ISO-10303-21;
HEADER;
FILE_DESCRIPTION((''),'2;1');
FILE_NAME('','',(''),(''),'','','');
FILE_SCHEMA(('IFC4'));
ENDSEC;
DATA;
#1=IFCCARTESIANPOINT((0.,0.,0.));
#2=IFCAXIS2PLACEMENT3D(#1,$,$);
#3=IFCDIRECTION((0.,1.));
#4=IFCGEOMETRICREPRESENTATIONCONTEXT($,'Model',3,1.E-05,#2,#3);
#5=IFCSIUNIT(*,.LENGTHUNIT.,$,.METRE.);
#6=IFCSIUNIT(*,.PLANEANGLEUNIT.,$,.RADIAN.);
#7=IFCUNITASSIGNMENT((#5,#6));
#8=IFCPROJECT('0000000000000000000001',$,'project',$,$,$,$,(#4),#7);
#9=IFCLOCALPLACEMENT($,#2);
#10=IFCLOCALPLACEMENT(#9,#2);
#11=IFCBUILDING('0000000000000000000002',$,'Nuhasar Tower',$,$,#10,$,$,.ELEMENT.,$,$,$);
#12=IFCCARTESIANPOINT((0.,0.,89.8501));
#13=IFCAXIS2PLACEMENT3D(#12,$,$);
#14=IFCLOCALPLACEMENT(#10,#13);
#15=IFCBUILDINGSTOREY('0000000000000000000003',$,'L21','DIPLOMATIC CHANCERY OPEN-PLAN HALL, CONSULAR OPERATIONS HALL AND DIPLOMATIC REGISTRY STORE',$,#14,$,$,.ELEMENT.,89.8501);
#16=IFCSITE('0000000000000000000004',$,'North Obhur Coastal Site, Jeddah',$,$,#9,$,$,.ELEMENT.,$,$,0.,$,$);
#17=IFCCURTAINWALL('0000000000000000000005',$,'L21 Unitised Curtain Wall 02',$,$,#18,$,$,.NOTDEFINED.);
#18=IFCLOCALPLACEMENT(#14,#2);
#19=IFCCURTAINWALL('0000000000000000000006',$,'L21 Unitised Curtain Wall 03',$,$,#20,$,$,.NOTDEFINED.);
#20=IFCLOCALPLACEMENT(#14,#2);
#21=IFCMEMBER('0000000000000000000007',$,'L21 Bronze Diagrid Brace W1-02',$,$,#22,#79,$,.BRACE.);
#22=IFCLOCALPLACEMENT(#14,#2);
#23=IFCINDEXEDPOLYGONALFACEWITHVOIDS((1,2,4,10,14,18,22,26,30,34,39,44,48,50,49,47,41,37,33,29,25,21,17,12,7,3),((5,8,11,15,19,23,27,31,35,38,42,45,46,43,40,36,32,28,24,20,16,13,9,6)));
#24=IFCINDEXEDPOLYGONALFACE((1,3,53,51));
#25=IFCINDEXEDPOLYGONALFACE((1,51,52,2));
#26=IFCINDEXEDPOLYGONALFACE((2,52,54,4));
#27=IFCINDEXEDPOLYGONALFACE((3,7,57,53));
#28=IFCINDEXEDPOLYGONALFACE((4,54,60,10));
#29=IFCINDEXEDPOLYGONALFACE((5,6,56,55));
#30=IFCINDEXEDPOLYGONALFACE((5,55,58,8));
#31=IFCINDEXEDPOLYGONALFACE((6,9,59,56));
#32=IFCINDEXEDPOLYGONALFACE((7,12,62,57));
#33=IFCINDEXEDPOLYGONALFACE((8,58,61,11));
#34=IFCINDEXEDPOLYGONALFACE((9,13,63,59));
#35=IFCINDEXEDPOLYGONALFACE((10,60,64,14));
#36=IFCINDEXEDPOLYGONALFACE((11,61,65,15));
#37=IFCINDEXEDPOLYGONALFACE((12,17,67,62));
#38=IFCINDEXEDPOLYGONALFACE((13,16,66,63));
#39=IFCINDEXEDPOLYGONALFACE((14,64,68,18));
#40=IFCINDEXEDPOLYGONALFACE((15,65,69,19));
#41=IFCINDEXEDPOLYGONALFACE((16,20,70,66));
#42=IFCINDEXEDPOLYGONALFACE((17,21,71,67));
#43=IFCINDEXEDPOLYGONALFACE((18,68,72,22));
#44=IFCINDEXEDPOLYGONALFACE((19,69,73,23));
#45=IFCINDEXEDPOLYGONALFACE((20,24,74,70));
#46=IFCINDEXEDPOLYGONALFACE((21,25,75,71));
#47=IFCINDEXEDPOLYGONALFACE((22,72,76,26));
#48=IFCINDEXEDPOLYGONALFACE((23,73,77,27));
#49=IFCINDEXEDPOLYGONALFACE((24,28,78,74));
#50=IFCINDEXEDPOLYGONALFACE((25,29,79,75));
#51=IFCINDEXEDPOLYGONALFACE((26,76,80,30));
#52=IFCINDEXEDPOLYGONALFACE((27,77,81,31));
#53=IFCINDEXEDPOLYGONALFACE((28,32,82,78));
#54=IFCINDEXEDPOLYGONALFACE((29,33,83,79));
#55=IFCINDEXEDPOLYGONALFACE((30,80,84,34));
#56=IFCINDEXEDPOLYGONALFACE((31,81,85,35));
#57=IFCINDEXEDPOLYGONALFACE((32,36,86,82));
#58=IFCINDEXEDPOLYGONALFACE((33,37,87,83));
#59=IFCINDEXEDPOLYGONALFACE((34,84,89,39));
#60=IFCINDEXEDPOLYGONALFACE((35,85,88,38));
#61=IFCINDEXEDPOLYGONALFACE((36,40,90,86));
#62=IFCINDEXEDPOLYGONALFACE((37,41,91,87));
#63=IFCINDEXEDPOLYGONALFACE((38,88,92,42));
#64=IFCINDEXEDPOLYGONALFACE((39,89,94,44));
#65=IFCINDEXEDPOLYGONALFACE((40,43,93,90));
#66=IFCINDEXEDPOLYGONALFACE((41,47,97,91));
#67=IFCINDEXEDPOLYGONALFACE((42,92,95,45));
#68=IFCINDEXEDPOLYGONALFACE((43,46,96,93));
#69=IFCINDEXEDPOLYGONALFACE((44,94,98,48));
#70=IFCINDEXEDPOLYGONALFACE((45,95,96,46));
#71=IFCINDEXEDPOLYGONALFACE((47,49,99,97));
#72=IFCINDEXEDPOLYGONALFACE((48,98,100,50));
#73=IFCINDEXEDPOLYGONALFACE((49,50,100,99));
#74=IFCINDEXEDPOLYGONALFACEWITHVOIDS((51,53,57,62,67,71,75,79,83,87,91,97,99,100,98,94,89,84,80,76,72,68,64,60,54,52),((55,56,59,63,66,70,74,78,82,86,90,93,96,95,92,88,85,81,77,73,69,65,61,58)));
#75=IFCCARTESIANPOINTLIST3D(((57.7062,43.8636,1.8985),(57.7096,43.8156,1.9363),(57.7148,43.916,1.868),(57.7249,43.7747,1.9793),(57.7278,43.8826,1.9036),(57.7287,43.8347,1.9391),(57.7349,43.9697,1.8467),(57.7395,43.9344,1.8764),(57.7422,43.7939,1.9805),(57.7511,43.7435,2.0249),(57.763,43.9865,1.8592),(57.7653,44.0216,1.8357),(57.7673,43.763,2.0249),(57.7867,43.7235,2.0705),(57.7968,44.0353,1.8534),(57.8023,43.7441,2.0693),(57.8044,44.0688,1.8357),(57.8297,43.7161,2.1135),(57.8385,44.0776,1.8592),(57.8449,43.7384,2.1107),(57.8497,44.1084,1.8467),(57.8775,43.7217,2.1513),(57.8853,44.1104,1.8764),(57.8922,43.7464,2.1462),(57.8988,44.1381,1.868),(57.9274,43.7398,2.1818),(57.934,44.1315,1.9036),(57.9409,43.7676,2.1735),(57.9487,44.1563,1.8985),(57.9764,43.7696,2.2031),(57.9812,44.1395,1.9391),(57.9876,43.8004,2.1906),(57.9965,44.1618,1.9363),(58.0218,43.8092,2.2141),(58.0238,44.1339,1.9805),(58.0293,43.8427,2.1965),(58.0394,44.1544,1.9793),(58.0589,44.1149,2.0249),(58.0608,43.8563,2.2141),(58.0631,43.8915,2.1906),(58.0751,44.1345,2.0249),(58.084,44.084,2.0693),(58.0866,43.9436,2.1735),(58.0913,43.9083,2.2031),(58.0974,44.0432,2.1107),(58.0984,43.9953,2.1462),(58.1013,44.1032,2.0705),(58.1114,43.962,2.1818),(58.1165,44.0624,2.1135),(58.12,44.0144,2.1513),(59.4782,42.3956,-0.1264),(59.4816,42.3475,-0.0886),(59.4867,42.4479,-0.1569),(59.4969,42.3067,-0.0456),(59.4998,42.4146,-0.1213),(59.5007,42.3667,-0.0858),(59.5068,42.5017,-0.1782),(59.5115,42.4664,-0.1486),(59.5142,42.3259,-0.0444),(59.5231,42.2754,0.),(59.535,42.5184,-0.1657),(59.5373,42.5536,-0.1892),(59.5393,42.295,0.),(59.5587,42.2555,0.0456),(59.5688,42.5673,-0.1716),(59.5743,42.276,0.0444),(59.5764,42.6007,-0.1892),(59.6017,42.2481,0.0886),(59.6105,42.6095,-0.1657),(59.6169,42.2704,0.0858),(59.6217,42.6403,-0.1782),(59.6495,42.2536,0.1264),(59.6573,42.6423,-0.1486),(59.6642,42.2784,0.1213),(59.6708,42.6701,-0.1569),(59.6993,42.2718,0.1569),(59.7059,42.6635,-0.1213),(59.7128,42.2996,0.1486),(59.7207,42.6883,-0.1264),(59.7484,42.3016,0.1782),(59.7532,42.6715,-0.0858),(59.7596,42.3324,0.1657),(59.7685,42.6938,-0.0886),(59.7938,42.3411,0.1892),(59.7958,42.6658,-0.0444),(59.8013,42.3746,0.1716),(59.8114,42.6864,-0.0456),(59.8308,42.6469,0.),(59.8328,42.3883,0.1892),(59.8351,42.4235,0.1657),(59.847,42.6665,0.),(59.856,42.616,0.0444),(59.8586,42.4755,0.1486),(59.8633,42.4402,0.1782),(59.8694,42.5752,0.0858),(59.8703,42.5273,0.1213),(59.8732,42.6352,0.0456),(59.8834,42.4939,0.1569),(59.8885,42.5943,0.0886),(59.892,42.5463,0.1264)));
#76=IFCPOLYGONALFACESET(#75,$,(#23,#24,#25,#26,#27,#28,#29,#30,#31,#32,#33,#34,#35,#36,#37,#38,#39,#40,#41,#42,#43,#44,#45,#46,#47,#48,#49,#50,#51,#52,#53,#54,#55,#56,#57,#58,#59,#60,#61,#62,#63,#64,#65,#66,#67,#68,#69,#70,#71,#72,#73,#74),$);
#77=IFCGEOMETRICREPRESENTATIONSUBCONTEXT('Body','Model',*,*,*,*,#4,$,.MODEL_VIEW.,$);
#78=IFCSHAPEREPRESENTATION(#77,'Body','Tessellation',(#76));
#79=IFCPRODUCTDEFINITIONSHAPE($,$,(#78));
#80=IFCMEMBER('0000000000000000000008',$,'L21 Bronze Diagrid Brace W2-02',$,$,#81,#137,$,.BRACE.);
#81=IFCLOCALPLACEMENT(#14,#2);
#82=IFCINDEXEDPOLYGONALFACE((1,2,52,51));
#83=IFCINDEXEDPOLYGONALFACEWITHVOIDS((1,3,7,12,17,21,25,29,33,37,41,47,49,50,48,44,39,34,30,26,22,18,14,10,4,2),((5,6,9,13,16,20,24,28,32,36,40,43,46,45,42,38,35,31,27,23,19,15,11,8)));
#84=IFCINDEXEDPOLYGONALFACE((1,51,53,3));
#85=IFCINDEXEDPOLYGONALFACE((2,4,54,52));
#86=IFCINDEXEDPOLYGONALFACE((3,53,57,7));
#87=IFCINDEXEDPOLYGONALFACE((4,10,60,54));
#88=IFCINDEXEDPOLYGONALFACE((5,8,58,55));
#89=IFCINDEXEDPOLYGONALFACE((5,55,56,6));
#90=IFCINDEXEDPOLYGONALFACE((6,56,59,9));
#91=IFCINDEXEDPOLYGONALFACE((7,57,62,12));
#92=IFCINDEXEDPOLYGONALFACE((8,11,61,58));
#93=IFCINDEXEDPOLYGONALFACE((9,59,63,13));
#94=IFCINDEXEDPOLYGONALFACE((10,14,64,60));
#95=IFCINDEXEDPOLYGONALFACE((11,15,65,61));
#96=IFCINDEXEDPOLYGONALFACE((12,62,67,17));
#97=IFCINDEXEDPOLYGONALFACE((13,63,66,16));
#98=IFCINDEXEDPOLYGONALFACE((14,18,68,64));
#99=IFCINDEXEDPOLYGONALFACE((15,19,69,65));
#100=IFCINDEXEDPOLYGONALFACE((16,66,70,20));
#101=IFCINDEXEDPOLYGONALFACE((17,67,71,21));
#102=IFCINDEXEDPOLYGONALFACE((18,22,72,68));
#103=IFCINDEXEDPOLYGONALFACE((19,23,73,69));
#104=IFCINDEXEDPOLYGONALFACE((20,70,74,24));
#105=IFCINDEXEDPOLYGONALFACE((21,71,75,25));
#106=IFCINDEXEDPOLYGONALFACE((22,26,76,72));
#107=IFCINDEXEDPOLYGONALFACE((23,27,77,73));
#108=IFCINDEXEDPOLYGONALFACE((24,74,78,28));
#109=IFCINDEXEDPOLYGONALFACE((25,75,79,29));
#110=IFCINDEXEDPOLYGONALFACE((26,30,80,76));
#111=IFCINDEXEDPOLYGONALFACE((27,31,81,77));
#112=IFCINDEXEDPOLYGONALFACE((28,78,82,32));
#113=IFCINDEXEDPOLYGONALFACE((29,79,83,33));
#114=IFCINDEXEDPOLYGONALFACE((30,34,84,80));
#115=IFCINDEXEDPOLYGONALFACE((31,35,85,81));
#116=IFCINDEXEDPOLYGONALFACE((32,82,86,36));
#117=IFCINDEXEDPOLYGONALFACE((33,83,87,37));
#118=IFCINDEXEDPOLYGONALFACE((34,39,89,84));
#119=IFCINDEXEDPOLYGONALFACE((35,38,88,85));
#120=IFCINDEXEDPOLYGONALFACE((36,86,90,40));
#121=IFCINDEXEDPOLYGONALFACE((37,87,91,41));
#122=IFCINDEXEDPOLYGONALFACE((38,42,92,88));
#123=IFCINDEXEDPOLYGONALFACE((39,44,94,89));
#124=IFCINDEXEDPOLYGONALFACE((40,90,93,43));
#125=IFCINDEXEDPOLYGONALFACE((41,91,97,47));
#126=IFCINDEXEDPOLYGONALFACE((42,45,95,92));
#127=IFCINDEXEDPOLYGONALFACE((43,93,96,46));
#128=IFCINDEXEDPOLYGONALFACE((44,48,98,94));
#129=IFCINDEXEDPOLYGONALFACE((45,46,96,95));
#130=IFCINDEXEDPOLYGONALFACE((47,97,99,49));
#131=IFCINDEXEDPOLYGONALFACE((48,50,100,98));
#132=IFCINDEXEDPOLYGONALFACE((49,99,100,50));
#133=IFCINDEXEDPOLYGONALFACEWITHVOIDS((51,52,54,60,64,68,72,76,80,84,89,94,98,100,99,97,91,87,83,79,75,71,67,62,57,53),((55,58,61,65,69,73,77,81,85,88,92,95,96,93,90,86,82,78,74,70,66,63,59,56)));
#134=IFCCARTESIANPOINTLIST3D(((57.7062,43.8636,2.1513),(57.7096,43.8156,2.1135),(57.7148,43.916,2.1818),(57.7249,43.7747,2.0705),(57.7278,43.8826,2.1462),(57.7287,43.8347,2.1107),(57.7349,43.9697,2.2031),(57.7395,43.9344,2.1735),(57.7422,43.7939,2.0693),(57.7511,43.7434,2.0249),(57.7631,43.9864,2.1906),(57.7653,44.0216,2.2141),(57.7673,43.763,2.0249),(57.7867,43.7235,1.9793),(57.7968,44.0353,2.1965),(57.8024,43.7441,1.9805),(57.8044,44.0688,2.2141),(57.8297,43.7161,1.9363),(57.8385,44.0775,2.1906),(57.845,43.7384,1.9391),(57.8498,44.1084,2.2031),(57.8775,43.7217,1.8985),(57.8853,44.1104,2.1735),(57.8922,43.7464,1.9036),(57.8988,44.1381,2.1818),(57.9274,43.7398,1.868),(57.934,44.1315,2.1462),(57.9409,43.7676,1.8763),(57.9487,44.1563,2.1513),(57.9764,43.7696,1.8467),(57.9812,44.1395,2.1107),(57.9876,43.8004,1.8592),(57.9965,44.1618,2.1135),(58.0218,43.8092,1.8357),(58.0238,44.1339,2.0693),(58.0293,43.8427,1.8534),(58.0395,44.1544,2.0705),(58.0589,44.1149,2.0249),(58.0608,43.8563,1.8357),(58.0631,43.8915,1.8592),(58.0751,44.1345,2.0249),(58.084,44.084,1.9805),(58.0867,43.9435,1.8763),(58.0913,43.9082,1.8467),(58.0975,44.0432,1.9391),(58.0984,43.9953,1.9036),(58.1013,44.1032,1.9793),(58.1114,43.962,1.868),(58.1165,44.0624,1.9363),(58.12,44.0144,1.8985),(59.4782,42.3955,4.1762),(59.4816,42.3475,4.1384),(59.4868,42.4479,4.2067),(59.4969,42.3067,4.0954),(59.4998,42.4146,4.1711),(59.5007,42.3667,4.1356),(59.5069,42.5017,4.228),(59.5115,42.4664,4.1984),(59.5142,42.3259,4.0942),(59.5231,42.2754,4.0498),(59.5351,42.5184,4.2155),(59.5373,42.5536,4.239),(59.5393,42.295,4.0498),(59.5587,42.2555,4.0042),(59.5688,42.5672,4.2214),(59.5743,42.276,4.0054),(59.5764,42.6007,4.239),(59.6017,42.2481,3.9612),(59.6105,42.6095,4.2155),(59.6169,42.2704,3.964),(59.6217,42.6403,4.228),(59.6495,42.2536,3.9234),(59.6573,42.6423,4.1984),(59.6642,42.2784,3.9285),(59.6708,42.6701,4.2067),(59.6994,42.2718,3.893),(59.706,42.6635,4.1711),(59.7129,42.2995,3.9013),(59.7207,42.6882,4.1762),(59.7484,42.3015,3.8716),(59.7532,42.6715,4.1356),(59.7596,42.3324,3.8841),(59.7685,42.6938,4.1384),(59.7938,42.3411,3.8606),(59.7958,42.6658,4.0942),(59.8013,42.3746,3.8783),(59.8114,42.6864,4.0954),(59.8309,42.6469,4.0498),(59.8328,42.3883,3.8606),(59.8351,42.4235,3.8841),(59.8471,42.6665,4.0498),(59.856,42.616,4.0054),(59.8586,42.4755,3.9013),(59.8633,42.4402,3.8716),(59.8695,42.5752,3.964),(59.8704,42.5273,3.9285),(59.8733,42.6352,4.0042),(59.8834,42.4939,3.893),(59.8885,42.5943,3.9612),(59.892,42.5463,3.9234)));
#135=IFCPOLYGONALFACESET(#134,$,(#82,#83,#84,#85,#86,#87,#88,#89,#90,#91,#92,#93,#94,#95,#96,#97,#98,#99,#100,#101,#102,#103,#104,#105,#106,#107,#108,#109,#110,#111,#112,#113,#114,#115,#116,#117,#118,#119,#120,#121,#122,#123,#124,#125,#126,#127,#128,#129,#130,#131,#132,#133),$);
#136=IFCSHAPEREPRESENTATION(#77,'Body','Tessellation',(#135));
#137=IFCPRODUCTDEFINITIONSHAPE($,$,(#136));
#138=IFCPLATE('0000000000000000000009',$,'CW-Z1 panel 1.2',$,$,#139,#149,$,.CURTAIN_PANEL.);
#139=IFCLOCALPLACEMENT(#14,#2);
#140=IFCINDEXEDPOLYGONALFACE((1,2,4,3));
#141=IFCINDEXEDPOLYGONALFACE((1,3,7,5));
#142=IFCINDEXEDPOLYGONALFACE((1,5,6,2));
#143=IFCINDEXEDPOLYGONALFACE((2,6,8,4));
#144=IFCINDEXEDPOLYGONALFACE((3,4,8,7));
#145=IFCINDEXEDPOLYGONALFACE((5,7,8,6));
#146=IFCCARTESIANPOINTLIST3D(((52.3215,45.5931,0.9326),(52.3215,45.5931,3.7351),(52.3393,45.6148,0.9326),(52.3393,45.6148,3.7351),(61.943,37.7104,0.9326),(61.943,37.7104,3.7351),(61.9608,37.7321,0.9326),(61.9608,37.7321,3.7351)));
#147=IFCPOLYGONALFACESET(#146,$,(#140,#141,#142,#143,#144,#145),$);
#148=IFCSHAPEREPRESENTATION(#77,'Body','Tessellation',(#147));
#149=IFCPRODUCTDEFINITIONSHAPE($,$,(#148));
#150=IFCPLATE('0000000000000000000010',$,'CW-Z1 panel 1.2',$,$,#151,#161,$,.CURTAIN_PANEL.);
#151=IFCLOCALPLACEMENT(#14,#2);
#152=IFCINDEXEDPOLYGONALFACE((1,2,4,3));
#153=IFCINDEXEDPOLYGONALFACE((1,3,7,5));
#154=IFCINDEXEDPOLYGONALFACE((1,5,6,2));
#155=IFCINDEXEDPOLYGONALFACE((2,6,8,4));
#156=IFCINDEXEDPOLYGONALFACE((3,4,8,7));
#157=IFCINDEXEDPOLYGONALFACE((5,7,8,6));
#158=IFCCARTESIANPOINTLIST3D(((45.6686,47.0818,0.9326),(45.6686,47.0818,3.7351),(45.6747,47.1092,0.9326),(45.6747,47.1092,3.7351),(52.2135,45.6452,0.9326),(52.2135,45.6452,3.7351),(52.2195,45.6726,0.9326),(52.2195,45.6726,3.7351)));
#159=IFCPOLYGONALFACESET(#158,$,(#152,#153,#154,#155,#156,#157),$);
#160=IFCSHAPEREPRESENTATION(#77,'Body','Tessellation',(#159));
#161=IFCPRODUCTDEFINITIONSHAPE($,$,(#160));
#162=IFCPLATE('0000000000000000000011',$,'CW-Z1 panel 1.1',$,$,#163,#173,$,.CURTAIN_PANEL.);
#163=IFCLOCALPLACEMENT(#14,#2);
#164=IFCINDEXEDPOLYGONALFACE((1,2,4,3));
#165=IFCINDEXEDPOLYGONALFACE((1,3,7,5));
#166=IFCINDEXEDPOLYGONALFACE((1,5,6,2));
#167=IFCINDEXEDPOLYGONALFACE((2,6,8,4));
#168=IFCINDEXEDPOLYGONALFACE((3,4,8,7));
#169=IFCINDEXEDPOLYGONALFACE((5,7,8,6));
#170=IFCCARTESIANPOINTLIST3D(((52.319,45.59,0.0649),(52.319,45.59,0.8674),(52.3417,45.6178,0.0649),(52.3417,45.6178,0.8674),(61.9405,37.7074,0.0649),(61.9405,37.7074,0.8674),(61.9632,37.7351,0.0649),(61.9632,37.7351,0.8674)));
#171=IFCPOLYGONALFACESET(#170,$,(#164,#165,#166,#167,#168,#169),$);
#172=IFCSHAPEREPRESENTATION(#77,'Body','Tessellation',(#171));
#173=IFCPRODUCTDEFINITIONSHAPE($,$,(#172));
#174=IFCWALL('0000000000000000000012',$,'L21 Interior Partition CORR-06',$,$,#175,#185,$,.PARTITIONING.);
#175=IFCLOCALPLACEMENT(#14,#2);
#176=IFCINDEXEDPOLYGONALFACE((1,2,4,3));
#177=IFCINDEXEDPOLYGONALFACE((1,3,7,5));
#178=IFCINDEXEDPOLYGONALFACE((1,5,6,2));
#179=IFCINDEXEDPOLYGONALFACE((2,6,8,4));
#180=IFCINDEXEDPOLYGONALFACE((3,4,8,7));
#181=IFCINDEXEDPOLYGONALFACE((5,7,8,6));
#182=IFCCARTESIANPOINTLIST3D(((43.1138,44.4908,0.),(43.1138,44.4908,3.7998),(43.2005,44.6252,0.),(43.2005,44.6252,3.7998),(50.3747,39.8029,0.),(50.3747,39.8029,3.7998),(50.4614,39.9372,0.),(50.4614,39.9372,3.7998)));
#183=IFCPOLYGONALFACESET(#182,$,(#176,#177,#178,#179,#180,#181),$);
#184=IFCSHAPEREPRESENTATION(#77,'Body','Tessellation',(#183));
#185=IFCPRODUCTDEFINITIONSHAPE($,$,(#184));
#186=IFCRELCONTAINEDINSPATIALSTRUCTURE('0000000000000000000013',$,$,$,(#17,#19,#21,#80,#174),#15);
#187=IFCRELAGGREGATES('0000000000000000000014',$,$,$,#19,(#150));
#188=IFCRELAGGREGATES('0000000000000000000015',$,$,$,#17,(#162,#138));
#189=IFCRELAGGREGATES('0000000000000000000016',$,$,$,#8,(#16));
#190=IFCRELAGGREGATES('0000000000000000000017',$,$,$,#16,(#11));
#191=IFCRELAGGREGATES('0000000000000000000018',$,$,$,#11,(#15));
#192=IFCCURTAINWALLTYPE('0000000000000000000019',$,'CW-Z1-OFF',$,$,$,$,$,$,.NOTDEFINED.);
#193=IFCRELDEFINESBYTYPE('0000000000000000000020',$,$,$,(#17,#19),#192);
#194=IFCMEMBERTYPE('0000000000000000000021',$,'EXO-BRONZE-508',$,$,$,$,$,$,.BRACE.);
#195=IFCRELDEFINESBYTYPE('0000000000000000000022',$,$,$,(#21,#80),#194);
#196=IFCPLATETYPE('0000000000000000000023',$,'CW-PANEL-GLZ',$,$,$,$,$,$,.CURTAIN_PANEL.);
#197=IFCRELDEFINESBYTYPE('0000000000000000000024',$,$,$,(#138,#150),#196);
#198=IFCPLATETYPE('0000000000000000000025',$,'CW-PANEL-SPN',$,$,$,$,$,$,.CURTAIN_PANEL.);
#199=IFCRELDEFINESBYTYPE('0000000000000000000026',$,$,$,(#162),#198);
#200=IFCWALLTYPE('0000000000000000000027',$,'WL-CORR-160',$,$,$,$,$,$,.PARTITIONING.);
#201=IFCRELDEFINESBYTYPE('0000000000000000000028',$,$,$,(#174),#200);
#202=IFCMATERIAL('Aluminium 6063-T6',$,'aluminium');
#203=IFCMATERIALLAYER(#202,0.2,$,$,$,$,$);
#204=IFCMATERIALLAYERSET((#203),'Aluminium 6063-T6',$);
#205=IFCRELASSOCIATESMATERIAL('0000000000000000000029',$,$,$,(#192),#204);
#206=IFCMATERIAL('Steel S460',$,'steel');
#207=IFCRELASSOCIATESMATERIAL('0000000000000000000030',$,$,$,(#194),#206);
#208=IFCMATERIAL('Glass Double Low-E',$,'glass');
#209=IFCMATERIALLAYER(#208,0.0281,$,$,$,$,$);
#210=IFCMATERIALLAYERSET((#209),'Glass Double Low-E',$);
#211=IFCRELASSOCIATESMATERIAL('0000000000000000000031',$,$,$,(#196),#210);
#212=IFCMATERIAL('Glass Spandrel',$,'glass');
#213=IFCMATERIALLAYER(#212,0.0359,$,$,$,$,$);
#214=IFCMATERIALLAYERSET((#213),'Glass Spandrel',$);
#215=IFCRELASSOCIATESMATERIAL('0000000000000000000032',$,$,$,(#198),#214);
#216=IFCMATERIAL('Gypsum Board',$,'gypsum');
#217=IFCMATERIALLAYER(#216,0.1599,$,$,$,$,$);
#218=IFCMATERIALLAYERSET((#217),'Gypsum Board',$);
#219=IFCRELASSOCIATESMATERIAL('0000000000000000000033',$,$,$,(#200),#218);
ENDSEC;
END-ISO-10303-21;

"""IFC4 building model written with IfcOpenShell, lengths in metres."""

from ifc_helpers import new_model, si_unit, direction, frame, frame_2d, origin, origin_2d, place, context, subcontext, project, spatial, rectangle, hollow_circle, extrude, material, layer, layer_set, material_profile, profile_set, type_object, element, aggregate, save


model = new_model("IFC4")

# Units and contexts
model_context = context("Model", 3, precision=1e-05, world=origin(), true_north=direction((0.0, 1.0)))
body_context = subcontext(model_context, "Body", "Model", "MODEL_VIEW")
ifc_project = project(units=[si_unit("LENGTHUNIT", "METRE"), si_unit("PLANEANGLEUNIT", "RADIAN")], contexts=[model_context])

# Site, building, storey
site_placement = place(None, origin())
site = spatial("IfcSite", under=ifc_project, at=site_placement, Name="North Obhur Coastal Site, Jeddah", CompositionType="ELEMENT", RefElevation=0.0)
building_placement = place(site_placement, origin())
building = spatial("IfcBuilding", under=site, at=building_placement, Name="Nuhasar Tower", CompositionType="ELEMENT")
storey_placement = place(building_placement, frame((0.0, 0.0, 89.8501)))
storey = spatial("IfcBuildingStorey", under=building, at=storey_placement, Name="L21", Description="DIPLOMATIC CHANCERY OPEN-PLAN HALL, CONSULAR OPERATIONS HALL AND DIPLOMATIC REGISTRY STORE", CompositionType="ELEMENT", Elevation=89.8501)

# Shared definitions
ifc_material_1 = material(Name="Aluminium 6063-T6", Category="aluminium")
ifc_layer_1 = layer(ifc_material_1, 0.2)
ifc_layer_set_1 = layer_set([ifc_layer_1], Name="Aluminium 6063-T6")
curtain_wall_type = type_object("IfcCurtainWallType", Name="CW-Z1-OFF", PredefinedType="NOTDEFINED", material=ifc_layer_set_1)

# Curtain wall
curtain_wall_1_placement = place(storey_placement, origin())
curtain_wall_1 = element("IfcCurtainWall", 1, at=curtain_wall_1_placement, inside=storey, type_object=curtain_wall_type, Name="L21 Unitised Curtain Wall 02", PredefinedType="NOTDEFINED")

# Curtain wall
curtain_wall_2_placement = place(storey_placement, origin())
curtain_wall_2 = element("IfcCurtainWall", 2, at=curtain_wall_2_placement, inside=storey, type_object=curtain_wall_type, Name="L21 Unitised Curtain Wall 03", PredefinedType="NOTDEFINED")

# Members
ifc_material_2 = material(Name="Steel S460", Category="steel")
ifc_material_profile_1 = material_profile(ifc_material_2, hollow_circle(Radius=0.2539, WallThickness=0.0254, at=origin_2d()), Name="HSS508X25.4")
ifc_profile_set_1 = profile_set([ifc_material_profile_1], Name="Steel S460")
member_type_1 = type_object("IfcMemberType", Name="EXO-BRONZE-508", PredefinedType="BRACE", material=ifc_profile_set_1)
for number, where, z_axis, x_axis, name in (
    (3, (59.6851, 42.4709, 0.0), (-0.578102, 0.478937, 0.660619), (-0.637969, -0.770062, 0.0), "L21 Bronze Diagrid Brace W1-02"),
    (4, (57.9131, 43.939, 2.0249), (0.578102, -0.478937, 0.660619), (0.637969, 0.770062, 0.0), "L21 Bronze Diagrid Brace W2-02"),
):
    element("IfcMember", number, at=place(storey_placement, frame(where, z_axis=z_axis, x_axis=x_axis)), inside=storey, type_object=member_type_1, Name=name, PredefinedType="BRACE", context=body_context, shape_type="SweptSolid", body=[
        extrude(hollow_circle(Radius=0.2539, WallThickness=0.0254, at=origin_2d()), origin(), (0.0, 0.0, 1.0), 3.0652),
    ])

# Plates
ifc_material_3 = material(Name="Glass Double Low-E", Category="glass")
ifc_layer_2 = layer(ifc_material_3, 0.0281)
ifc_layer_set_2 = layer_set([ifc_layer_2], Name="Glass Double Low-E")
plate_type_1 = type_object("IfcPlateType", Name="CW-PANEL-GLZ", PredefinedType="CURTAIN_PANEL", material=ifc_layer_set_2)
plate_1_placement = place(storey_placement, frame((57.1411, 41.6626, 0.9326), z_axis=(0.0, 0.0, 1.0), x_axis=(-0.773542, 0.633745, 0.0)))
plate_1 = element("IfcPlate", 5, at=plate_1_placement, type_object=plate_type_1, Name="CW-Z1 panel 1.2", PredefinedType="CURTAIN_PANEL", context=body_context, shape_type="SweptSolid", body=[
    extrude(rectangle(XDim=12.4382, YDim=0.0281, at=origin_2d()), origin(), (0.0, 0.0, 1.0), 2.8025),
])
plate_2_placement = place(storey_placement, frame((48.9441, 46.3772, 0.9326), z_axis=(0.0, 0.0, 1.0), x_axis=(-0.976746, 0.214399, 0.0)))
plate_2 = element("IfcPlate", 6, at=plate_2_placement, type_object=plate_type_1, Name="CW-Z1 panel 1.2", PredefinedType="CURTAIN_PANEL", context=body_context, shape_type="SweptSolid", body=[
    extrude(rectangle(XDim=6.7007, YDim=0.0281, at=origin_2d()), origin(), (0.0, 0.0, 1.0), 2.8025),
])
aggregate(curtain_wall_2, [plate_2])
ifc_material_4 = material(Name="Glass Spandrel", Category="glass")
ifc_layer_3 = layer(ifc_material_4, 0.0359)
ifc_layer_set_3 = layer_set([ifc_layer_3], Name="Glass Spandrel")
plate_type_2 = type_object("IfcPlateType", Name="CW-PANEL-SPN", PredefinedType="CURTAIN_PANEL", material=ifc_layer_set_3)
plate_3_placement = place(storey_placement, frame((57.1411, 41.6626, 0.0649), z_axis=(0.0, 0.0, 1.0), x_axis=(-0.773542, 0.633745, 0.0)))
plate_3 = element("IfcPlate", 7, at=plate_3_placement, type_object=plate_type_2, Name="CW-Z1 panel 1.1", PredefinedType="CURTAIN_PANEL", context=body_context, shape_type="SweptSolid", body=[
    extrude(rectangle(XDim=12.4382, YDim=0.0359, at=origin_2d()), origin(), (0.0, 0.0, 1.0), 0.8025),
])
aggregate(curtain_wall_1, [plate_3, plate_1])

# Wall
ifc_material_5 = material(Name="Gypsum Board", Category="gypsum")
ifc_layer_4 = layer(ifc_material_5, 0.1599)
ifc_layer_set_4 = layer_set([ifc_layer_4], Name="Gypsum Board")
wall_type = type_object("IfcWallType", Name="WL-CORR-160", PredefinedType="PARTITIONING", material=ifc_layer_set_4)
wall_placement = place(storey_placement, frame((50.418, 39.8701, 0.0), z_axis=(0.0, 0.0, 1.0), x_axis=(-0.840113, 0.542411, 0.0)))
element("IfcWall", 8, at=wall_placement, inside=storey, type_object=wall_type, Name="L21 Interior Partition CORR-06", PredefinedType="PARTITIONING", context=body_context, shape_type="SweptSolid", body=[
    extrude(rectangle(XDim=8.6428, YDim=0.1599, at=frame_2d((4.3213, 0.0))), origin(), (0.0, 0.0, 1.0), 3.7998),
])

save(model, "model.ifc")
